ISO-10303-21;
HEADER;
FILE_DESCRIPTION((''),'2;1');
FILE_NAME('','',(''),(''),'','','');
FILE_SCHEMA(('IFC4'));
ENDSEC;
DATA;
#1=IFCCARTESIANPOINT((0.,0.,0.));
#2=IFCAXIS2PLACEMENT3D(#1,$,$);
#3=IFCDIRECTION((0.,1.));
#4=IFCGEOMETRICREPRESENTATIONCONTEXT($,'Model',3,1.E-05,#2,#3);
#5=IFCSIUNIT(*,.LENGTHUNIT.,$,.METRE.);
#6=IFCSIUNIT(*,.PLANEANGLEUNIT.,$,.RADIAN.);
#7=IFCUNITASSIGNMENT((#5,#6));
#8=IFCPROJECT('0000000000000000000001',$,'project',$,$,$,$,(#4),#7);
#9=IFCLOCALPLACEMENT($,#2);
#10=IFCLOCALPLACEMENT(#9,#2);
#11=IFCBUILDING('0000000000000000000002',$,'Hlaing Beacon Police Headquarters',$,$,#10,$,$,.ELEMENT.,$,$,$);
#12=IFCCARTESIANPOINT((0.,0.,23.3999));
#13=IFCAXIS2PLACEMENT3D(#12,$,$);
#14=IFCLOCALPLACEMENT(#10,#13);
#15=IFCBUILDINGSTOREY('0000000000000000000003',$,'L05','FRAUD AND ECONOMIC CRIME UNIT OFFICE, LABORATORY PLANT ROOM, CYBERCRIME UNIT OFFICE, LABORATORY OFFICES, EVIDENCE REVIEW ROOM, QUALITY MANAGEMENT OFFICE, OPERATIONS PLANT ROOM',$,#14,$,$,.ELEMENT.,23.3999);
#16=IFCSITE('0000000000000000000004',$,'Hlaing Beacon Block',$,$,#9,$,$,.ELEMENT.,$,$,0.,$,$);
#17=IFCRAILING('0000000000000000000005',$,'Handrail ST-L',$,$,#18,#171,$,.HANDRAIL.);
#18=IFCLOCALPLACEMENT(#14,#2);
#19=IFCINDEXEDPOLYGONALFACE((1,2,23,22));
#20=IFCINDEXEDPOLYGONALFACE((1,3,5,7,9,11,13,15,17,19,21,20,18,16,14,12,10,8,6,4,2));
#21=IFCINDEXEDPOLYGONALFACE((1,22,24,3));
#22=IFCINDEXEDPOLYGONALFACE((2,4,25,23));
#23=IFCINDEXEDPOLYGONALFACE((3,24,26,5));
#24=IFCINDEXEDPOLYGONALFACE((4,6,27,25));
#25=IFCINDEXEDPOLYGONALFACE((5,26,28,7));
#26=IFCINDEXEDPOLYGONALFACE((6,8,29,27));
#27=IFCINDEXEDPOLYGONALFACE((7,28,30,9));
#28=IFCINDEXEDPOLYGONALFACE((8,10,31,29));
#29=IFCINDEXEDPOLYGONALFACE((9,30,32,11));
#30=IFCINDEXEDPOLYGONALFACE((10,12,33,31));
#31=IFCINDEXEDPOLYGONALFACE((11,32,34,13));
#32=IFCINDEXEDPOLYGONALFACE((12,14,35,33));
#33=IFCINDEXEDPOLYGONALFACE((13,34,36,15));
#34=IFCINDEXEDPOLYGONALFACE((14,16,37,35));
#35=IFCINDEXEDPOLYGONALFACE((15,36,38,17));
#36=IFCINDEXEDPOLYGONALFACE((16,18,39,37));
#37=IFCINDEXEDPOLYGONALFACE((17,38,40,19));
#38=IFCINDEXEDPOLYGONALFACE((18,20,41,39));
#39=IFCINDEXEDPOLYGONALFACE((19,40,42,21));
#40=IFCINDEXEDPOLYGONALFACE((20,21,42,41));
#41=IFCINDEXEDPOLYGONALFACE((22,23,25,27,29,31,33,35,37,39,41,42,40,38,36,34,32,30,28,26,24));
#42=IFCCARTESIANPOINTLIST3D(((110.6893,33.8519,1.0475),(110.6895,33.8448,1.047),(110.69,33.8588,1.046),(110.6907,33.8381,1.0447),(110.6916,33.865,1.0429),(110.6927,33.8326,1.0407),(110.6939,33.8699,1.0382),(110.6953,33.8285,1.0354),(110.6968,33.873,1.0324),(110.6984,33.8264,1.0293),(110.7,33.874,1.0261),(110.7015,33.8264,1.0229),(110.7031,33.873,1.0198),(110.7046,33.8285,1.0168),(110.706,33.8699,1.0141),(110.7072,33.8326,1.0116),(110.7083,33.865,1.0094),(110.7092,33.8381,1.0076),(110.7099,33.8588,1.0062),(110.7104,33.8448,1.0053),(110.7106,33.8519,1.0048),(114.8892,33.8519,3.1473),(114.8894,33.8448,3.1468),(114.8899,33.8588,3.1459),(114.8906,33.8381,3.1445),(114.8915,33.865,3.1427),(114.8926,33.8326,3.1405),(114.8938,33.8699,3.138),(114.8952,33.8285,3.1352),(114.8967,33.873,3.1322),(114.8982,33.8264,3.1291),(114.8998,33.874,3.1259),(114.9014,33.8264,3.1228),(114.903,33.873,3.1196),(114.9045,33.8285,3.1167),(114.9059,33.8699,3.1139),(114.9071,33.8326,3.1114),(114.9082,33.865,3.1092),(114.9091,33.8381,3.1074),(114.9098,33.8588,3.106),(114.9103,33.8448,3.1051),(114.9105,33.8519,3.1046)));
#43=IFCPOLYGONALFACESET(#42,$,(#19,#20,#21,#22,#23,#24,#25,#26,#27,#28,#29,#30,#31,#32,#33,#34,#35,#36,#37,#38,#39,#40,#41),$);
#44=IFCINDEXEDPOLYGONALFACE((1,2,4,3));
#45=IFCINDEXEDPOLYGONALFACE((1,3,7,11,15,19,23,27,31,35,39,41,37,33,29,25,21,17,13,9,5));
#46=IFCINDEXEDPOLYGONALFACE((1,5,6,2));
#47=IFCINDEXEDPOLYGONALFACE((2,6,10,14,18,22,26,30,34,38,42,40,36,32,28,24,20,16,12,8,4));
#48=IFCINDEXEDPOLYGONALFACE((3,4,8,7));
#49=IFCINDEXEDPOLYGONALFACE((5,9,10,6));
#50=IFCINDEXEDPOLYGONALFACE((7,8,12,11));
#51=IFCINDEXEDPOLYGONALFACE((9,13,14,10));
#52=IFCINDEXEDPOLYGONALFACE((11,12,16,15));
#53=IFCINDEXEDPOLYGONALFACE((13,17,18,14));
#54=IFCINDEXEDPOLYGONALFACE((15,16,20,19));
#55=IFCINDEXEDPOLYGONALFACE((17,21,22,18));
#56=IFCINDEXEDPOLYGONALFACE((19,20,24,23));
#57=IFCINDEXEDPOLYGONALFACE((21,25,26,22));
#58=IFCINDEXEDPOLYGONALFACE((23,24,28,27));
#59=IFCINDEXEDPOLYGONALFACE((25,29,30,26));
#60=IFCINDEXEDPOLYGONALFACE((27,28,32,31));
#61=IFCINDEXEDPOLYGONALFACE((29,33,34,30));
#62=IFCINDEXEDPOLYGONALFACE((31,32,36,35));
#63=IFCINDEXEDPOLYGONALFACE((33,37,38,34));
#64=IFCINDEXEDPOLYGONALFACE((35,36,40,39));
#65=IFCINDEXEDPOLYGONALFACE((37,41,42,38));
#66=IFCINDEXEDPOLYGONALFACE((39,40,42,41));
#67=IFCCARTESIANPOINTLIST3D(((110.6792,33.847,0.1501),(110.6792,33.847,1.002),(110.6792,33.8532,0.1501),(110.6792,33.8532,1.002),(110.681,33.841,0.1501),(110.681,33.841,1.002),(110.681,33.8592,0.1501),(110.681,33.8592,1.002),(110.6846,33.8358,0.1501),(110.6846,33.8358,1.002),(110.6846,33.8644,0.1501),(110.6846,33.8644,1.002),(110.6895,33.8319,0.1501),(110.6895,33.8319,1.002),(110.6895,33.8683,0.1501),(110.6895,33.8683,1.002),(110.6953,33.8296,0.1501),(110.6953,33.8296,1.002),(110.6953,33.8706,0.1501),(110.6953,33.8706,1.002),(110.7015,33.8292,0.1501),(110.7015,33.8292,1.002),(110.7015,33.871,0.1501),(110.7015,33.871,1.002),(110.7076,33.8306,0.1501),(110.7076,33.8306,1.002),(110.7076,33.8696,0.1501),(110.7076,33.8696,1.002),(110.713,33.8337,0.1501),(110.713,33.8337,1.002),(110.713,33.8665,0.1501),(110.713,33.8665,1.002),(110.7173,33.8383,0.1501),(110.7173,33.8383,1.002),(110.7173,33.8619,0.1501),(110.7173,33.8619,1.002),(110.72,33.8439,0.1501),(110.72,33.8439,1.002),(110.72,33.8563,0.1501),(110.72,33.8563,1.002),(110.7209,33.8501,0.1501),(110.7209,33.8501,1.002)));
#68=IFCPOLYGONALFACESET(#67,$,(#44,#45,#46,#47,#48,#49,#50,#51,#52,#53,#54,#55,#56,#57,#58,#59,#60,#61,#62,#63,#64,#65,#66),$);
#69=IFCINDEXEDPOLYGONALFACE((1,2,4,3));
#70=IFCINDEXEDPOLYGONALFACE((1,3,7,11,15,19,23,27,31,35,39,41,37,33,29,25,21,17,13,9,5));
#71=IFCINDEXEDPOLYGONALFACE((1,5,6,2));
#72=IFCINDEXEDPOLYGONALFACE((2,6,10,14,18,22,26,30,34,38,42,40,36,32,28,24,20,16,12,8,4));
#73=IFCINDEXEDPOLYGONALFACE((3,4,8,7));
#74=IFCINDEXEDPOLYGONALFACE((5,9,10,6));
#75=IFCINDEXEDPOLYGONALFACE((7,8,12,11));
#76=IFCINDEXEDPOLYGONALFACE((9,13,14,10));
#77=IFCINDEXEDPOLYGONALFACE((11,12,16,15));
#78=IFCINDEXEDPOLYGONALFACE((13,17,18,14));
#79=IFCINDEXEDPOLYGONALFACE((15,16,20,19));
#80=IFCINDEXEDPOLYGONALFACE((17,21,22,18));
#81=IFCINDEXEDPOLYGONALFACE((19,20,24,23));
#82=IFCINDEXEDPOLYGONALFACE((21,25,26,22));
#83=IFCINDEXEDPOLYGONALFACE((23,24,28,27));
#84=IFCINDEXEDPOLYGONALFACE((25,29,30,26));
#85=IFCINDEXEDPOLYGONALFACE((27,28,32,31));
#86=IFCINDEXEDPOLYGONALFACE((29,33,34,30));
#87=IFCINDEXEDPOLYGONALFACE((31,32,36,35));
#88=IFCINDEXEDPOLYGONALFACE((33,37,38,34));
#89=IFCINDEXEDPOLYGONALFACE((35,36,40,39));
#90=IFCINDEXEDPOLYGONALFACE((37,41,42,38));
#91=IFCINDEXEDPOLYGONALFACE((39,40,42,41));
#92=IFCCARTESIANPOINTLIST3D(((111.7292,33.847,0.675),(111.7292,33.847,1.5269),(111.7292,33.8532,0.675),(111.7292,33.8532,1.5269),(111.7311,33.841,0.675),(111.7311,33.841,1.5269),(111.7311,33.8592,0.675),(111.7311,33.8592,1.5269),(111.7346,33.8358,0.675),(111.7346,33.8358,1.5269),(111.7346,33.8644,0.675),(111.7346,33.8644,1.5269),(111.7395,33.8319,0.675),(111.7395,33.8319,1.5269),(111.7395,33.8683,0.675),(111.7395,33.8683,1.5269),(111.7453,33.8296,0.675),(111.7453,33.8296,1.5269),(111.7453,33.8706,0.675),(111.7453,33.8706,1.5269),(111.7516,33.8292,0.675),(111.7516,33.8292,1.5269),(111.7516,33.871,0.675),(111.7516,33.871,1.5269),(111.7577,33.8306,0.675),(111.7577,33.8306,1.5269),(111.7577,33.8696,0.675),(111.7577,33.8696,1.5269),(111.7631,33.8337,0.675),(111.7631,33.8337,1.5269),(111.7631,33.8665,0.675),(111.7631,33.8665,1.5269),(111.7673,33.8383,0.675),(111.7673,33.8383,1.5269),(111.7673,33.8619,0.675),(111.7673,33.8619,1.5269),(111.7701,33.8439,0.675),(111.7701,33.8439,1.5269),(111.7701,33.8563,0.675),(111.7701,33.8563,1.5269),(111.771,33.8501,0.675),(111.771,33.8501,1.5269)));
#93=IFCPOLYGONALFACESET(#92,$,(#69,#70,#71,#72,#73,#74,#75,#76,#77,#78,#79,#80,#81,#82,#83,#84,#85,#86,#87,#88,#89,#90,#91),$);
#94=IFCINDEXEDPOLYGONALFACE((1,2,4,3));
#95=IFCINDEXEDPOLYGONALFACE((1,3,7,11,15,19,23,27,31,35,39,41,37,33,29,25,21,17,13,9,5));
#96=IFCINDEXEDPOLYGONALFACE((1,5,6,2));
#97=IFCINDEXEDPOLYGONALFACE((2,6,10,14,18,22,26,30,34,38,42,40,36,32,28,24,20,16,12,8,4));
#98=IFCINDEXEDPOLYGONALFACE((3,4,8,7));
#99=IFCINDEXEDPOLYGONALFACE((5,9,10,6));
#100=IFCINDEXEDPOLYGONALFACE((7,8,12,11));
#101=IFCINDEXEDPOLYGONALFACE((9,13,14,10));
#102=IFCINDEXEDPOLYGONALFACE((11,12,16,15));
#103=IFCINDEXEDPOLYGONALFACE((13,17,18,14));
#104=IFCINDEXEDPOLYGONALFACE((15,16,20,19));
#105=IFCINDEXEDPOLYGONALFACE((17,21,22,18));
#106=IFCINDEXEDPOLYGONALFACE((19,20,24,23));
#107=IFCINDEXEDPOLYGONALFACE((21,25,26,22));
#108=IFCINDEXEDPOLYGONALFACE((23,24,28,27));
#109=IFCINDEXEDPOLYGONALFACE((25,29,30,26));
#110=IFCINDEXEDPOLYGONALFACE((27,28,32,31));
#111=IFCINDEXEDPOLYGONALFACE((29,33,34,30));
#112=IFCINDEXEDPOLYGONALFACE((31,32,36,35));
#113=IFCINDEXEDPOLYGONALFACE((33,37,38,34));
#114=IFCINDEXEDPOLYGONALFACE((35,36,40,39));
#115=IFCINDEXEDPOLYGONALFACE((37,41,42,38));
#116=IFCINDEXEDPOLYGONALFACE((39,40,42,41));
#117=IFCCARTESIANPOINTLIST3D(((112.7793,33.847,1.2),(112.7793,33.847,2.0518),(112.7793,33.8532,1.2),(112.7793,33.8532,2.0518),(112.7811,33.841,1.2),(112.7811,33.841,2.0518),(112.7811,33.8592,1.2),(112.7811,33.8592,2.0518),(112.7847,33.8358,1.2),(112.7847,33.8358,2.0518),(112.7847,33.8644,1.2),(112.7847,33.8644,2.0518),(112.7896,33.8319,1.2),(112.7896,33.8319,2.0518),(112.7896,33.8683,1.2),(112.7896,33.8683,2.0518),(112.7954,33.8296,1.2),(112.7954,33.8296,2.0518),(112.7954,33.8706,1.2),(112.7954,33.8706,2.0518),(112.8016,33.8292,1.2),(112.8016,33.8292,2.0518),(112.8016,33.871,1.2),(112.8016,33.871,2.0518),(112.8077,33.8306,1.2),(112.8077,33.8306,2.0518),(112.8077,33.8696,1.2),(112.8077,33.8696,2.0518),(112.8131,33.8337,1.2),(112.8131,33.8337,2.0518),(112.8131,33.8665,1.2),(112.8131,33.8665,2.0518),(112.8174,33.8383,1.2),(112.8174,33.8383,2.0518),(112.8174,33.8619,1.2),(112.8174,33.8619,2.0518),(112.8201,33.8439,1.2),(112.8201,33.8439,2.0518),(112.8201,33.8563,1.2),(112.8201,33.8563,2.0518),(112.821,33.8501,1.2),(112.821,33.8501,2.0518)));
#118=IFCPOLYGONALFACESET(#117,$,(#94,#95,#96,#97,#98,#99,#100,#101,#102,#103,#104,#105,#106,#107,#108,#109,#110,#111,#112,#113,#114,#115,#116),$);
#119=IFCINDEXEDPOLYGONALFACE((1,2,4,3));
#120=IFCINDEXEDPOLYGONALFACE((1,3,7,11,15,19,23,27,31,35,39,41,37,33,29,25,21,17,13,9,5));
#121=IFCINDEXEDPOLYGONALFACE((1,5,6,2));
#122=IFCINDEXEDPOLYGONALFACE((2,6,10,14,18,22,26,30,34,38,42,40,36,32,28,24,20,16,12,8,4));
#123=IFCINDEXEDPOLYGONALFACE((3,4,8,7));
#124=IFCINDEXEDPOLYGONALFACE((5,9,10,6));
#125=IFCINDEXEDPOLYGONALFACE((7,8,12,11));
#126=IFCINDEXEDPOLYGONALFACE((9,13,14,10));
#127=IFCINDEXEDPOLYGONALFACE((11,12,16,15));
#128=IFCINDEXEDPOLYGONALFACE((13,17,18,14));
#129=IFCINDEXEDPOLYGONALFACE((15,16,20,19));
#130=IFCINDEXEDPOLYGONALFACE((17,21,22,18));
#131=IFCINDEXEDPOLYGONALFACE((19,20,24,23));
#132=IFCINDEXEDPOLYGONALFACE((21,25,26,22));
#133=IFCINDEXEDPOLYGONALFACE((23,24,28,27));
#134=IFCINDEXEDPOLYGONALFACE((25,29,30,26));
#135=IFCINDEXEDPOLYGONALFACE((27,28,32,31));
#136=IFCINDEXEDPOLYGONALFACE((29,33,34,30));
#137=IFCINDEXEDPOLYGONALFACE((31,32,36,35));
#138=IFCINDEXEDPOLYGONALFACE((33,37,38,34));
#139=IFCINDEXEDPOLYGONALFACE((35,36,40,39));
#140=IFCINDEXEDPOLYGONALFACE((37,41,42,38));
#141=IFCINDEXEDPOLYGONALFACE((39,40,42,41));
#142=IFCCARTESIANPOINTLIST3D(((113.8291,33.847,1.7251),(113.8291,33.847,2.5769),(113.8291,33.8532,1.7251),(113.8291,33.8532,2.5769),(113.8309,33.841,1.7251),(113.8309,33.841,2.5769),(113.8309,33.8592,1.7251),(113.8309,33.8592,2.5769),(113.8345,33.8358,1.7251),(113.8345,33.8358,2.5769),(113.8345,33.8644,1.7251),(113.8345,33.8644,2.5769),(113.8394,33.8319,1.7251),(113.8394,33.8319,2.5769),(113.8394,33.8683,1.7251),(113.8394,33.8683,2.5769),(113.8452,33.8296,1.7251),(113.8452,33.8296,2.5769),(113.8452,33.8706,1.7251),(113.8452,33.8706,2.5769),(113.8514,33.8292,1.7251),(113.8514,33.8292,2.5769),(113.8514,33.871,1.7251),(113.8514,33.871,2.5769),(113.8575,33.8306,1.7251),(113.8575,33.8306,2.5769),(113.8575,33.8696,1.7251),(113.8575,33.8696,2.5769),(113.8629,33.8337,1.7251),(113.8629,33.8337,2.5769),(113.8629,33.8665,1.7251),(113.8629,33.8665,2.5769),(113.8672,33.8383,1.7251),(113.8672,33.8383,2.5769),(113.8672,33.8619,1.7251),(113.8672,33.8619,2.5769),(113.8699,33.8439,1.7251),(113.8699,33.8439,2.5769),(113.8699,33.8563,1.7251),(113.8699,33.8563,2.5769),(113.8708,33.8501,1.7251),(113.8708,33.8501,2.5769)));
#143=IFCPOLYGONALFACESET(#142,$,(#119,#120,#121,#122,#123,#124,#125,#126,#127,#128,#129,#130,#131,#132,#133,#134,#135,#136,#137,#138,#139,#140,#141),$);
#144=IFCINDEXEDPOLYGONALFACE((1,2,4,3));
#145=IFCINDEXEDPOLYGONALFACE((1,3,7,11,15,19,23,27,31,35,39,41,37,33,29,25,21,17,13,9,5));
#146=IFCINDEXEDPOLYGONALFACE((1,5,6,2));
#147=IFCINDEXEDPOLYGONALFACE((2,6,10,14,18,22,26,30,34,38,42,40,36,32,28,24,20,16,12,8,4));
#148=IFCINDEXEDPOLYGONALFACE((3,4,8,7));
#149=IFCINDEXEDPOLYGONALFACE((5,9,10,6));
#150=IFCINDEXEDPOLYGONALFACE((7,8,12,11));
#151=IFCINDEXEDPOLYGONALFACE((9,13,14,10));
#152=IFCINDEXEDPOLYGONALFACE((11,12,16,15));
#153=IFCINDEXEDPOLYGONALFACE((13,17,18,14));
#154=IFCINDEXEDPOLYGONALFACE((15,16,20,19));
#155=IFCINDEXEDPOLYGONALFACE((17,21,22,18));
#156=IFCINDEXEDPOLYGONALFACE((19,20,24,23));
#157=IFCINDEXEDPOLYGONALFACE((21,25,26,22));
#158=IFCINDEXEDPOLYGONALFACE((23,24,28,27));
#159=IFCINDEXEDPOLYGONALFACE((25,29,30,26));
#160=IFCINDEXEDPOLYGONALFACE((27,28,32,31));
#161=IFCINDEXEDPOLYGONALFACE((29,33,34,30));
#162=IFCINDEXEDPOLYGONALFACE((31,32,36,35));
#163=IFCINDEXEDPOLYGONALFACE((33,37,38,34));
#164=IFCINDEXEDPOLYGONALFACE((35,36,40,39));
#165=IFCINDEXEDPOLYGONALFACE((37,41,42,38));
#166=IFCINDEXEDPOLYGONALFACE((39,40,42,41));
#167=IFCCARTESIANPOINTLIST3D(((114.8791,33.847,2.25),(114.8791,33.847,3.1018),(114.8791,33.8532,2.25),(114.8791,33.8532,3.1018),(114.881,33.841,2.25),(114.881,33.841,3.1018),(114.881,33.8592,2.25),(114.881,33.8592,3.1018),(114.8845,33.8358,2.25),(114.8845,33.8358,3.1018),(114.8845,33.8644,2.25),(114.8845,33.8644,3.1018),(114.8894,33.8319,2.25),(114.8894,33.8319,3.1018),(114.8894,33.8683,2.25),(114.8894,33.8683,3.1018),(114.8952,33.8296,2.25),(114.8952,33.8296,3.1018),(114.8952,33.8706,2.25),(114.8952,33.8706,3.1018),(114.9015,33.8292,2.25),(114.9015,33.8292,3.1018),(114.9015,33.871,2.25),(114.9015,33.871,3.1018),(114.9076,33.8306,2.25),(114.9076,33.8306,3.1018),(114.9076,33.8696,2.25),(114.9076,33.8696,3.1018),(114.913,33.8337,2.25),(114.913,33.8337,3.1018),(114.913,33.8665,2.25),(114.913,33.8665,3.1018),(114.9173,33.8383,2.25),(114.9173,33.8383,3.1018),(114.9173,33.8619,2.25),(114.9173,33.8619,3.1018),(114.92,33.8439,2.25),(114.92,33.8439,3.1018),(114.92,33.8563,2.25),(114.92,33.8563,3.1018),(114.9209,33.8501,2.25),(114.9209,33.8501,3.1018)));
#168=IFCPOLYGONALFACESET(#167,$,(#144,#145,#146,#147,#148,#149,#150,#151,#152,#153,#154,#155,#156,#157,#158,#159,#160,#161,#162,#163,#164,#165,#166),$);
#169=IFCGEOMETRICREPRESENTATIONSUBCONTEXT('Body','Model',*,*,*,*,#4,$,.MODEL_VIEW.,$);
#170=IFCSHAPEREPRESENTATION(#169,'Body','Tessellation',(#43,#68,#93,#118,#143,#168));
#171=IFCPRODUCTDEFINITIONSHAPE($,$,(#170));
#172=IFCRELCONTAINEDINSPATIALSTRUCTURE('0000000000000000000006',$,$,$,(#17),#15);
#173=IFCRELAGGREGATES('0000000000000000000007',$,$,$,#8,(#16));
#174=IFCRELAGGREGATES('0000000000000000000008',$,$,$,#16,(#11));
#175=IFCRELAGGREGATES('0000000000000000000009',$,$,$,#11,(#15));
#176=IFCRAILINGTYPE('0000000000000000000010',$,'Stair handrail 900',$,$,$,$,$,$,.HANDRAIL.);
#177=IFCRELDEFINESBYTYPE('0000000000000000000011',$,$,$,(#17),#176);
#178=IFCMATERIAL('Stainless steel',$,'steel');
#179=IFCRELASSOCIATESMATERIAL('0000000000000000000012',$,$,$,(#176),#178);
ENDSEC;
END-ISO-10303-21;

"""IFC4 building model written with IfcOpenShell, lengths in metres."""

from ifc_helpers import new_model, si_unit, direction, frame, origin, origin_2d, place, context, subcontext, project, spatial, circle, extrude, material, type_object, element, save


model = new_model("IFC4")

# Units and contexts
model_context = context("Model", 3, precision=1e-05, world=origin(), true_north=direction((0.0, 1.0)))
body_context = subcontext(model_context, "Body", "Model", "MODEL_VIEW")
ifc_project = project(units=[si_unit("LENGTHUNIT", "METRE"), si_unit("PLANEANGLEUNIT", "RADIAN")], contexts=[model_context])

# Site, building, storey
site_placement = place(None, origin())
site = spatial("IfcSite", under=ifc_project, at=site_placement, Name="Hlaing Beacon Block", CompositionType="ELEMENT", RefElevation=0.0)
building_placement = place(site_placement, origin())
building = spatial("IfcBuilding", under=site, at=building_placement, Name="Hlaing Beacon Police Headquarters", CompositionType="ELEMENT")
storey_placement = place(building_placement, frame((0.0, 0.0, 23.3999)))
storey = spatial("IfcBuildingStorey", under=building, at=storey_placement, Name="L05", Description="FRAUD AND ECONOMIC CRIME UNIT OFFICE, LABORATORY PLANT ROOM, CYBERCRIME UNIT OFFICE, LABORATORY OFFICES, EVIDENCE REVIEW ROOM, QUALITY MANAGEMENT OFFICE, OPERATIONS PLANT ROOM", CompositionType="ELEMENT", Elevation=23.3999)

# Railing
ifc_material_1 = material(Name="Stainless steel", Category="steel")
railing_type = type_object("IfcRailingType", Name="Stair handrail 900", PredefinedType="HANDRAIL", material=ifc_material_1)
railing_placement = place(storey_placement, frame((110.7, 33.8501, 0.1501)))
element("IfcRailing", 1, at=railing_placement, inside=storey, type_object=railing_type, Name="Handrail ST-L", PredefinedType="HANDRAIL", context=body_context, shape_type="SweptSolid", body=[
    extrude(circle(Radius=0.0239, at=origin_2d()), frame((0.0, 0.0, 0.876), z_axis=(0.894438, 0.0, 0.447193), x_axis=(0.0, 1.0, 0.0)), (0.0, 0.0, 1.0), 4.6956),
    extrude(circle(Radius=0.021, at=origin_2d()), origin(), (0.0, 0.0, 1.0), 0.8518),
    extrude(circle(Radius=0.021, at=origin_2d()), frame((1.05, 0.0, 0.5249)), (0.0, 0.0, 1.0), 0.8518),
    extrude(circle(Radius=0.021, at=origin_2d()), frame((2.1001, 0.0, 1.0498)), (0.0, 0.0, 1.0), 0.8518),
    extrude(circle(Radius=0.021, at=origin_2d()), frame((3.1499, 0.0, 1.575)), (0.0, 0.0, 1.0), 0.8518),
    extrude(circle(Radius=0.021, at=origin_2d()), frame((4.2, 0.0, 2.0999)), (0.0, 0.0, 1.0), 0.8518),
])

save(model, "model.ifc")
